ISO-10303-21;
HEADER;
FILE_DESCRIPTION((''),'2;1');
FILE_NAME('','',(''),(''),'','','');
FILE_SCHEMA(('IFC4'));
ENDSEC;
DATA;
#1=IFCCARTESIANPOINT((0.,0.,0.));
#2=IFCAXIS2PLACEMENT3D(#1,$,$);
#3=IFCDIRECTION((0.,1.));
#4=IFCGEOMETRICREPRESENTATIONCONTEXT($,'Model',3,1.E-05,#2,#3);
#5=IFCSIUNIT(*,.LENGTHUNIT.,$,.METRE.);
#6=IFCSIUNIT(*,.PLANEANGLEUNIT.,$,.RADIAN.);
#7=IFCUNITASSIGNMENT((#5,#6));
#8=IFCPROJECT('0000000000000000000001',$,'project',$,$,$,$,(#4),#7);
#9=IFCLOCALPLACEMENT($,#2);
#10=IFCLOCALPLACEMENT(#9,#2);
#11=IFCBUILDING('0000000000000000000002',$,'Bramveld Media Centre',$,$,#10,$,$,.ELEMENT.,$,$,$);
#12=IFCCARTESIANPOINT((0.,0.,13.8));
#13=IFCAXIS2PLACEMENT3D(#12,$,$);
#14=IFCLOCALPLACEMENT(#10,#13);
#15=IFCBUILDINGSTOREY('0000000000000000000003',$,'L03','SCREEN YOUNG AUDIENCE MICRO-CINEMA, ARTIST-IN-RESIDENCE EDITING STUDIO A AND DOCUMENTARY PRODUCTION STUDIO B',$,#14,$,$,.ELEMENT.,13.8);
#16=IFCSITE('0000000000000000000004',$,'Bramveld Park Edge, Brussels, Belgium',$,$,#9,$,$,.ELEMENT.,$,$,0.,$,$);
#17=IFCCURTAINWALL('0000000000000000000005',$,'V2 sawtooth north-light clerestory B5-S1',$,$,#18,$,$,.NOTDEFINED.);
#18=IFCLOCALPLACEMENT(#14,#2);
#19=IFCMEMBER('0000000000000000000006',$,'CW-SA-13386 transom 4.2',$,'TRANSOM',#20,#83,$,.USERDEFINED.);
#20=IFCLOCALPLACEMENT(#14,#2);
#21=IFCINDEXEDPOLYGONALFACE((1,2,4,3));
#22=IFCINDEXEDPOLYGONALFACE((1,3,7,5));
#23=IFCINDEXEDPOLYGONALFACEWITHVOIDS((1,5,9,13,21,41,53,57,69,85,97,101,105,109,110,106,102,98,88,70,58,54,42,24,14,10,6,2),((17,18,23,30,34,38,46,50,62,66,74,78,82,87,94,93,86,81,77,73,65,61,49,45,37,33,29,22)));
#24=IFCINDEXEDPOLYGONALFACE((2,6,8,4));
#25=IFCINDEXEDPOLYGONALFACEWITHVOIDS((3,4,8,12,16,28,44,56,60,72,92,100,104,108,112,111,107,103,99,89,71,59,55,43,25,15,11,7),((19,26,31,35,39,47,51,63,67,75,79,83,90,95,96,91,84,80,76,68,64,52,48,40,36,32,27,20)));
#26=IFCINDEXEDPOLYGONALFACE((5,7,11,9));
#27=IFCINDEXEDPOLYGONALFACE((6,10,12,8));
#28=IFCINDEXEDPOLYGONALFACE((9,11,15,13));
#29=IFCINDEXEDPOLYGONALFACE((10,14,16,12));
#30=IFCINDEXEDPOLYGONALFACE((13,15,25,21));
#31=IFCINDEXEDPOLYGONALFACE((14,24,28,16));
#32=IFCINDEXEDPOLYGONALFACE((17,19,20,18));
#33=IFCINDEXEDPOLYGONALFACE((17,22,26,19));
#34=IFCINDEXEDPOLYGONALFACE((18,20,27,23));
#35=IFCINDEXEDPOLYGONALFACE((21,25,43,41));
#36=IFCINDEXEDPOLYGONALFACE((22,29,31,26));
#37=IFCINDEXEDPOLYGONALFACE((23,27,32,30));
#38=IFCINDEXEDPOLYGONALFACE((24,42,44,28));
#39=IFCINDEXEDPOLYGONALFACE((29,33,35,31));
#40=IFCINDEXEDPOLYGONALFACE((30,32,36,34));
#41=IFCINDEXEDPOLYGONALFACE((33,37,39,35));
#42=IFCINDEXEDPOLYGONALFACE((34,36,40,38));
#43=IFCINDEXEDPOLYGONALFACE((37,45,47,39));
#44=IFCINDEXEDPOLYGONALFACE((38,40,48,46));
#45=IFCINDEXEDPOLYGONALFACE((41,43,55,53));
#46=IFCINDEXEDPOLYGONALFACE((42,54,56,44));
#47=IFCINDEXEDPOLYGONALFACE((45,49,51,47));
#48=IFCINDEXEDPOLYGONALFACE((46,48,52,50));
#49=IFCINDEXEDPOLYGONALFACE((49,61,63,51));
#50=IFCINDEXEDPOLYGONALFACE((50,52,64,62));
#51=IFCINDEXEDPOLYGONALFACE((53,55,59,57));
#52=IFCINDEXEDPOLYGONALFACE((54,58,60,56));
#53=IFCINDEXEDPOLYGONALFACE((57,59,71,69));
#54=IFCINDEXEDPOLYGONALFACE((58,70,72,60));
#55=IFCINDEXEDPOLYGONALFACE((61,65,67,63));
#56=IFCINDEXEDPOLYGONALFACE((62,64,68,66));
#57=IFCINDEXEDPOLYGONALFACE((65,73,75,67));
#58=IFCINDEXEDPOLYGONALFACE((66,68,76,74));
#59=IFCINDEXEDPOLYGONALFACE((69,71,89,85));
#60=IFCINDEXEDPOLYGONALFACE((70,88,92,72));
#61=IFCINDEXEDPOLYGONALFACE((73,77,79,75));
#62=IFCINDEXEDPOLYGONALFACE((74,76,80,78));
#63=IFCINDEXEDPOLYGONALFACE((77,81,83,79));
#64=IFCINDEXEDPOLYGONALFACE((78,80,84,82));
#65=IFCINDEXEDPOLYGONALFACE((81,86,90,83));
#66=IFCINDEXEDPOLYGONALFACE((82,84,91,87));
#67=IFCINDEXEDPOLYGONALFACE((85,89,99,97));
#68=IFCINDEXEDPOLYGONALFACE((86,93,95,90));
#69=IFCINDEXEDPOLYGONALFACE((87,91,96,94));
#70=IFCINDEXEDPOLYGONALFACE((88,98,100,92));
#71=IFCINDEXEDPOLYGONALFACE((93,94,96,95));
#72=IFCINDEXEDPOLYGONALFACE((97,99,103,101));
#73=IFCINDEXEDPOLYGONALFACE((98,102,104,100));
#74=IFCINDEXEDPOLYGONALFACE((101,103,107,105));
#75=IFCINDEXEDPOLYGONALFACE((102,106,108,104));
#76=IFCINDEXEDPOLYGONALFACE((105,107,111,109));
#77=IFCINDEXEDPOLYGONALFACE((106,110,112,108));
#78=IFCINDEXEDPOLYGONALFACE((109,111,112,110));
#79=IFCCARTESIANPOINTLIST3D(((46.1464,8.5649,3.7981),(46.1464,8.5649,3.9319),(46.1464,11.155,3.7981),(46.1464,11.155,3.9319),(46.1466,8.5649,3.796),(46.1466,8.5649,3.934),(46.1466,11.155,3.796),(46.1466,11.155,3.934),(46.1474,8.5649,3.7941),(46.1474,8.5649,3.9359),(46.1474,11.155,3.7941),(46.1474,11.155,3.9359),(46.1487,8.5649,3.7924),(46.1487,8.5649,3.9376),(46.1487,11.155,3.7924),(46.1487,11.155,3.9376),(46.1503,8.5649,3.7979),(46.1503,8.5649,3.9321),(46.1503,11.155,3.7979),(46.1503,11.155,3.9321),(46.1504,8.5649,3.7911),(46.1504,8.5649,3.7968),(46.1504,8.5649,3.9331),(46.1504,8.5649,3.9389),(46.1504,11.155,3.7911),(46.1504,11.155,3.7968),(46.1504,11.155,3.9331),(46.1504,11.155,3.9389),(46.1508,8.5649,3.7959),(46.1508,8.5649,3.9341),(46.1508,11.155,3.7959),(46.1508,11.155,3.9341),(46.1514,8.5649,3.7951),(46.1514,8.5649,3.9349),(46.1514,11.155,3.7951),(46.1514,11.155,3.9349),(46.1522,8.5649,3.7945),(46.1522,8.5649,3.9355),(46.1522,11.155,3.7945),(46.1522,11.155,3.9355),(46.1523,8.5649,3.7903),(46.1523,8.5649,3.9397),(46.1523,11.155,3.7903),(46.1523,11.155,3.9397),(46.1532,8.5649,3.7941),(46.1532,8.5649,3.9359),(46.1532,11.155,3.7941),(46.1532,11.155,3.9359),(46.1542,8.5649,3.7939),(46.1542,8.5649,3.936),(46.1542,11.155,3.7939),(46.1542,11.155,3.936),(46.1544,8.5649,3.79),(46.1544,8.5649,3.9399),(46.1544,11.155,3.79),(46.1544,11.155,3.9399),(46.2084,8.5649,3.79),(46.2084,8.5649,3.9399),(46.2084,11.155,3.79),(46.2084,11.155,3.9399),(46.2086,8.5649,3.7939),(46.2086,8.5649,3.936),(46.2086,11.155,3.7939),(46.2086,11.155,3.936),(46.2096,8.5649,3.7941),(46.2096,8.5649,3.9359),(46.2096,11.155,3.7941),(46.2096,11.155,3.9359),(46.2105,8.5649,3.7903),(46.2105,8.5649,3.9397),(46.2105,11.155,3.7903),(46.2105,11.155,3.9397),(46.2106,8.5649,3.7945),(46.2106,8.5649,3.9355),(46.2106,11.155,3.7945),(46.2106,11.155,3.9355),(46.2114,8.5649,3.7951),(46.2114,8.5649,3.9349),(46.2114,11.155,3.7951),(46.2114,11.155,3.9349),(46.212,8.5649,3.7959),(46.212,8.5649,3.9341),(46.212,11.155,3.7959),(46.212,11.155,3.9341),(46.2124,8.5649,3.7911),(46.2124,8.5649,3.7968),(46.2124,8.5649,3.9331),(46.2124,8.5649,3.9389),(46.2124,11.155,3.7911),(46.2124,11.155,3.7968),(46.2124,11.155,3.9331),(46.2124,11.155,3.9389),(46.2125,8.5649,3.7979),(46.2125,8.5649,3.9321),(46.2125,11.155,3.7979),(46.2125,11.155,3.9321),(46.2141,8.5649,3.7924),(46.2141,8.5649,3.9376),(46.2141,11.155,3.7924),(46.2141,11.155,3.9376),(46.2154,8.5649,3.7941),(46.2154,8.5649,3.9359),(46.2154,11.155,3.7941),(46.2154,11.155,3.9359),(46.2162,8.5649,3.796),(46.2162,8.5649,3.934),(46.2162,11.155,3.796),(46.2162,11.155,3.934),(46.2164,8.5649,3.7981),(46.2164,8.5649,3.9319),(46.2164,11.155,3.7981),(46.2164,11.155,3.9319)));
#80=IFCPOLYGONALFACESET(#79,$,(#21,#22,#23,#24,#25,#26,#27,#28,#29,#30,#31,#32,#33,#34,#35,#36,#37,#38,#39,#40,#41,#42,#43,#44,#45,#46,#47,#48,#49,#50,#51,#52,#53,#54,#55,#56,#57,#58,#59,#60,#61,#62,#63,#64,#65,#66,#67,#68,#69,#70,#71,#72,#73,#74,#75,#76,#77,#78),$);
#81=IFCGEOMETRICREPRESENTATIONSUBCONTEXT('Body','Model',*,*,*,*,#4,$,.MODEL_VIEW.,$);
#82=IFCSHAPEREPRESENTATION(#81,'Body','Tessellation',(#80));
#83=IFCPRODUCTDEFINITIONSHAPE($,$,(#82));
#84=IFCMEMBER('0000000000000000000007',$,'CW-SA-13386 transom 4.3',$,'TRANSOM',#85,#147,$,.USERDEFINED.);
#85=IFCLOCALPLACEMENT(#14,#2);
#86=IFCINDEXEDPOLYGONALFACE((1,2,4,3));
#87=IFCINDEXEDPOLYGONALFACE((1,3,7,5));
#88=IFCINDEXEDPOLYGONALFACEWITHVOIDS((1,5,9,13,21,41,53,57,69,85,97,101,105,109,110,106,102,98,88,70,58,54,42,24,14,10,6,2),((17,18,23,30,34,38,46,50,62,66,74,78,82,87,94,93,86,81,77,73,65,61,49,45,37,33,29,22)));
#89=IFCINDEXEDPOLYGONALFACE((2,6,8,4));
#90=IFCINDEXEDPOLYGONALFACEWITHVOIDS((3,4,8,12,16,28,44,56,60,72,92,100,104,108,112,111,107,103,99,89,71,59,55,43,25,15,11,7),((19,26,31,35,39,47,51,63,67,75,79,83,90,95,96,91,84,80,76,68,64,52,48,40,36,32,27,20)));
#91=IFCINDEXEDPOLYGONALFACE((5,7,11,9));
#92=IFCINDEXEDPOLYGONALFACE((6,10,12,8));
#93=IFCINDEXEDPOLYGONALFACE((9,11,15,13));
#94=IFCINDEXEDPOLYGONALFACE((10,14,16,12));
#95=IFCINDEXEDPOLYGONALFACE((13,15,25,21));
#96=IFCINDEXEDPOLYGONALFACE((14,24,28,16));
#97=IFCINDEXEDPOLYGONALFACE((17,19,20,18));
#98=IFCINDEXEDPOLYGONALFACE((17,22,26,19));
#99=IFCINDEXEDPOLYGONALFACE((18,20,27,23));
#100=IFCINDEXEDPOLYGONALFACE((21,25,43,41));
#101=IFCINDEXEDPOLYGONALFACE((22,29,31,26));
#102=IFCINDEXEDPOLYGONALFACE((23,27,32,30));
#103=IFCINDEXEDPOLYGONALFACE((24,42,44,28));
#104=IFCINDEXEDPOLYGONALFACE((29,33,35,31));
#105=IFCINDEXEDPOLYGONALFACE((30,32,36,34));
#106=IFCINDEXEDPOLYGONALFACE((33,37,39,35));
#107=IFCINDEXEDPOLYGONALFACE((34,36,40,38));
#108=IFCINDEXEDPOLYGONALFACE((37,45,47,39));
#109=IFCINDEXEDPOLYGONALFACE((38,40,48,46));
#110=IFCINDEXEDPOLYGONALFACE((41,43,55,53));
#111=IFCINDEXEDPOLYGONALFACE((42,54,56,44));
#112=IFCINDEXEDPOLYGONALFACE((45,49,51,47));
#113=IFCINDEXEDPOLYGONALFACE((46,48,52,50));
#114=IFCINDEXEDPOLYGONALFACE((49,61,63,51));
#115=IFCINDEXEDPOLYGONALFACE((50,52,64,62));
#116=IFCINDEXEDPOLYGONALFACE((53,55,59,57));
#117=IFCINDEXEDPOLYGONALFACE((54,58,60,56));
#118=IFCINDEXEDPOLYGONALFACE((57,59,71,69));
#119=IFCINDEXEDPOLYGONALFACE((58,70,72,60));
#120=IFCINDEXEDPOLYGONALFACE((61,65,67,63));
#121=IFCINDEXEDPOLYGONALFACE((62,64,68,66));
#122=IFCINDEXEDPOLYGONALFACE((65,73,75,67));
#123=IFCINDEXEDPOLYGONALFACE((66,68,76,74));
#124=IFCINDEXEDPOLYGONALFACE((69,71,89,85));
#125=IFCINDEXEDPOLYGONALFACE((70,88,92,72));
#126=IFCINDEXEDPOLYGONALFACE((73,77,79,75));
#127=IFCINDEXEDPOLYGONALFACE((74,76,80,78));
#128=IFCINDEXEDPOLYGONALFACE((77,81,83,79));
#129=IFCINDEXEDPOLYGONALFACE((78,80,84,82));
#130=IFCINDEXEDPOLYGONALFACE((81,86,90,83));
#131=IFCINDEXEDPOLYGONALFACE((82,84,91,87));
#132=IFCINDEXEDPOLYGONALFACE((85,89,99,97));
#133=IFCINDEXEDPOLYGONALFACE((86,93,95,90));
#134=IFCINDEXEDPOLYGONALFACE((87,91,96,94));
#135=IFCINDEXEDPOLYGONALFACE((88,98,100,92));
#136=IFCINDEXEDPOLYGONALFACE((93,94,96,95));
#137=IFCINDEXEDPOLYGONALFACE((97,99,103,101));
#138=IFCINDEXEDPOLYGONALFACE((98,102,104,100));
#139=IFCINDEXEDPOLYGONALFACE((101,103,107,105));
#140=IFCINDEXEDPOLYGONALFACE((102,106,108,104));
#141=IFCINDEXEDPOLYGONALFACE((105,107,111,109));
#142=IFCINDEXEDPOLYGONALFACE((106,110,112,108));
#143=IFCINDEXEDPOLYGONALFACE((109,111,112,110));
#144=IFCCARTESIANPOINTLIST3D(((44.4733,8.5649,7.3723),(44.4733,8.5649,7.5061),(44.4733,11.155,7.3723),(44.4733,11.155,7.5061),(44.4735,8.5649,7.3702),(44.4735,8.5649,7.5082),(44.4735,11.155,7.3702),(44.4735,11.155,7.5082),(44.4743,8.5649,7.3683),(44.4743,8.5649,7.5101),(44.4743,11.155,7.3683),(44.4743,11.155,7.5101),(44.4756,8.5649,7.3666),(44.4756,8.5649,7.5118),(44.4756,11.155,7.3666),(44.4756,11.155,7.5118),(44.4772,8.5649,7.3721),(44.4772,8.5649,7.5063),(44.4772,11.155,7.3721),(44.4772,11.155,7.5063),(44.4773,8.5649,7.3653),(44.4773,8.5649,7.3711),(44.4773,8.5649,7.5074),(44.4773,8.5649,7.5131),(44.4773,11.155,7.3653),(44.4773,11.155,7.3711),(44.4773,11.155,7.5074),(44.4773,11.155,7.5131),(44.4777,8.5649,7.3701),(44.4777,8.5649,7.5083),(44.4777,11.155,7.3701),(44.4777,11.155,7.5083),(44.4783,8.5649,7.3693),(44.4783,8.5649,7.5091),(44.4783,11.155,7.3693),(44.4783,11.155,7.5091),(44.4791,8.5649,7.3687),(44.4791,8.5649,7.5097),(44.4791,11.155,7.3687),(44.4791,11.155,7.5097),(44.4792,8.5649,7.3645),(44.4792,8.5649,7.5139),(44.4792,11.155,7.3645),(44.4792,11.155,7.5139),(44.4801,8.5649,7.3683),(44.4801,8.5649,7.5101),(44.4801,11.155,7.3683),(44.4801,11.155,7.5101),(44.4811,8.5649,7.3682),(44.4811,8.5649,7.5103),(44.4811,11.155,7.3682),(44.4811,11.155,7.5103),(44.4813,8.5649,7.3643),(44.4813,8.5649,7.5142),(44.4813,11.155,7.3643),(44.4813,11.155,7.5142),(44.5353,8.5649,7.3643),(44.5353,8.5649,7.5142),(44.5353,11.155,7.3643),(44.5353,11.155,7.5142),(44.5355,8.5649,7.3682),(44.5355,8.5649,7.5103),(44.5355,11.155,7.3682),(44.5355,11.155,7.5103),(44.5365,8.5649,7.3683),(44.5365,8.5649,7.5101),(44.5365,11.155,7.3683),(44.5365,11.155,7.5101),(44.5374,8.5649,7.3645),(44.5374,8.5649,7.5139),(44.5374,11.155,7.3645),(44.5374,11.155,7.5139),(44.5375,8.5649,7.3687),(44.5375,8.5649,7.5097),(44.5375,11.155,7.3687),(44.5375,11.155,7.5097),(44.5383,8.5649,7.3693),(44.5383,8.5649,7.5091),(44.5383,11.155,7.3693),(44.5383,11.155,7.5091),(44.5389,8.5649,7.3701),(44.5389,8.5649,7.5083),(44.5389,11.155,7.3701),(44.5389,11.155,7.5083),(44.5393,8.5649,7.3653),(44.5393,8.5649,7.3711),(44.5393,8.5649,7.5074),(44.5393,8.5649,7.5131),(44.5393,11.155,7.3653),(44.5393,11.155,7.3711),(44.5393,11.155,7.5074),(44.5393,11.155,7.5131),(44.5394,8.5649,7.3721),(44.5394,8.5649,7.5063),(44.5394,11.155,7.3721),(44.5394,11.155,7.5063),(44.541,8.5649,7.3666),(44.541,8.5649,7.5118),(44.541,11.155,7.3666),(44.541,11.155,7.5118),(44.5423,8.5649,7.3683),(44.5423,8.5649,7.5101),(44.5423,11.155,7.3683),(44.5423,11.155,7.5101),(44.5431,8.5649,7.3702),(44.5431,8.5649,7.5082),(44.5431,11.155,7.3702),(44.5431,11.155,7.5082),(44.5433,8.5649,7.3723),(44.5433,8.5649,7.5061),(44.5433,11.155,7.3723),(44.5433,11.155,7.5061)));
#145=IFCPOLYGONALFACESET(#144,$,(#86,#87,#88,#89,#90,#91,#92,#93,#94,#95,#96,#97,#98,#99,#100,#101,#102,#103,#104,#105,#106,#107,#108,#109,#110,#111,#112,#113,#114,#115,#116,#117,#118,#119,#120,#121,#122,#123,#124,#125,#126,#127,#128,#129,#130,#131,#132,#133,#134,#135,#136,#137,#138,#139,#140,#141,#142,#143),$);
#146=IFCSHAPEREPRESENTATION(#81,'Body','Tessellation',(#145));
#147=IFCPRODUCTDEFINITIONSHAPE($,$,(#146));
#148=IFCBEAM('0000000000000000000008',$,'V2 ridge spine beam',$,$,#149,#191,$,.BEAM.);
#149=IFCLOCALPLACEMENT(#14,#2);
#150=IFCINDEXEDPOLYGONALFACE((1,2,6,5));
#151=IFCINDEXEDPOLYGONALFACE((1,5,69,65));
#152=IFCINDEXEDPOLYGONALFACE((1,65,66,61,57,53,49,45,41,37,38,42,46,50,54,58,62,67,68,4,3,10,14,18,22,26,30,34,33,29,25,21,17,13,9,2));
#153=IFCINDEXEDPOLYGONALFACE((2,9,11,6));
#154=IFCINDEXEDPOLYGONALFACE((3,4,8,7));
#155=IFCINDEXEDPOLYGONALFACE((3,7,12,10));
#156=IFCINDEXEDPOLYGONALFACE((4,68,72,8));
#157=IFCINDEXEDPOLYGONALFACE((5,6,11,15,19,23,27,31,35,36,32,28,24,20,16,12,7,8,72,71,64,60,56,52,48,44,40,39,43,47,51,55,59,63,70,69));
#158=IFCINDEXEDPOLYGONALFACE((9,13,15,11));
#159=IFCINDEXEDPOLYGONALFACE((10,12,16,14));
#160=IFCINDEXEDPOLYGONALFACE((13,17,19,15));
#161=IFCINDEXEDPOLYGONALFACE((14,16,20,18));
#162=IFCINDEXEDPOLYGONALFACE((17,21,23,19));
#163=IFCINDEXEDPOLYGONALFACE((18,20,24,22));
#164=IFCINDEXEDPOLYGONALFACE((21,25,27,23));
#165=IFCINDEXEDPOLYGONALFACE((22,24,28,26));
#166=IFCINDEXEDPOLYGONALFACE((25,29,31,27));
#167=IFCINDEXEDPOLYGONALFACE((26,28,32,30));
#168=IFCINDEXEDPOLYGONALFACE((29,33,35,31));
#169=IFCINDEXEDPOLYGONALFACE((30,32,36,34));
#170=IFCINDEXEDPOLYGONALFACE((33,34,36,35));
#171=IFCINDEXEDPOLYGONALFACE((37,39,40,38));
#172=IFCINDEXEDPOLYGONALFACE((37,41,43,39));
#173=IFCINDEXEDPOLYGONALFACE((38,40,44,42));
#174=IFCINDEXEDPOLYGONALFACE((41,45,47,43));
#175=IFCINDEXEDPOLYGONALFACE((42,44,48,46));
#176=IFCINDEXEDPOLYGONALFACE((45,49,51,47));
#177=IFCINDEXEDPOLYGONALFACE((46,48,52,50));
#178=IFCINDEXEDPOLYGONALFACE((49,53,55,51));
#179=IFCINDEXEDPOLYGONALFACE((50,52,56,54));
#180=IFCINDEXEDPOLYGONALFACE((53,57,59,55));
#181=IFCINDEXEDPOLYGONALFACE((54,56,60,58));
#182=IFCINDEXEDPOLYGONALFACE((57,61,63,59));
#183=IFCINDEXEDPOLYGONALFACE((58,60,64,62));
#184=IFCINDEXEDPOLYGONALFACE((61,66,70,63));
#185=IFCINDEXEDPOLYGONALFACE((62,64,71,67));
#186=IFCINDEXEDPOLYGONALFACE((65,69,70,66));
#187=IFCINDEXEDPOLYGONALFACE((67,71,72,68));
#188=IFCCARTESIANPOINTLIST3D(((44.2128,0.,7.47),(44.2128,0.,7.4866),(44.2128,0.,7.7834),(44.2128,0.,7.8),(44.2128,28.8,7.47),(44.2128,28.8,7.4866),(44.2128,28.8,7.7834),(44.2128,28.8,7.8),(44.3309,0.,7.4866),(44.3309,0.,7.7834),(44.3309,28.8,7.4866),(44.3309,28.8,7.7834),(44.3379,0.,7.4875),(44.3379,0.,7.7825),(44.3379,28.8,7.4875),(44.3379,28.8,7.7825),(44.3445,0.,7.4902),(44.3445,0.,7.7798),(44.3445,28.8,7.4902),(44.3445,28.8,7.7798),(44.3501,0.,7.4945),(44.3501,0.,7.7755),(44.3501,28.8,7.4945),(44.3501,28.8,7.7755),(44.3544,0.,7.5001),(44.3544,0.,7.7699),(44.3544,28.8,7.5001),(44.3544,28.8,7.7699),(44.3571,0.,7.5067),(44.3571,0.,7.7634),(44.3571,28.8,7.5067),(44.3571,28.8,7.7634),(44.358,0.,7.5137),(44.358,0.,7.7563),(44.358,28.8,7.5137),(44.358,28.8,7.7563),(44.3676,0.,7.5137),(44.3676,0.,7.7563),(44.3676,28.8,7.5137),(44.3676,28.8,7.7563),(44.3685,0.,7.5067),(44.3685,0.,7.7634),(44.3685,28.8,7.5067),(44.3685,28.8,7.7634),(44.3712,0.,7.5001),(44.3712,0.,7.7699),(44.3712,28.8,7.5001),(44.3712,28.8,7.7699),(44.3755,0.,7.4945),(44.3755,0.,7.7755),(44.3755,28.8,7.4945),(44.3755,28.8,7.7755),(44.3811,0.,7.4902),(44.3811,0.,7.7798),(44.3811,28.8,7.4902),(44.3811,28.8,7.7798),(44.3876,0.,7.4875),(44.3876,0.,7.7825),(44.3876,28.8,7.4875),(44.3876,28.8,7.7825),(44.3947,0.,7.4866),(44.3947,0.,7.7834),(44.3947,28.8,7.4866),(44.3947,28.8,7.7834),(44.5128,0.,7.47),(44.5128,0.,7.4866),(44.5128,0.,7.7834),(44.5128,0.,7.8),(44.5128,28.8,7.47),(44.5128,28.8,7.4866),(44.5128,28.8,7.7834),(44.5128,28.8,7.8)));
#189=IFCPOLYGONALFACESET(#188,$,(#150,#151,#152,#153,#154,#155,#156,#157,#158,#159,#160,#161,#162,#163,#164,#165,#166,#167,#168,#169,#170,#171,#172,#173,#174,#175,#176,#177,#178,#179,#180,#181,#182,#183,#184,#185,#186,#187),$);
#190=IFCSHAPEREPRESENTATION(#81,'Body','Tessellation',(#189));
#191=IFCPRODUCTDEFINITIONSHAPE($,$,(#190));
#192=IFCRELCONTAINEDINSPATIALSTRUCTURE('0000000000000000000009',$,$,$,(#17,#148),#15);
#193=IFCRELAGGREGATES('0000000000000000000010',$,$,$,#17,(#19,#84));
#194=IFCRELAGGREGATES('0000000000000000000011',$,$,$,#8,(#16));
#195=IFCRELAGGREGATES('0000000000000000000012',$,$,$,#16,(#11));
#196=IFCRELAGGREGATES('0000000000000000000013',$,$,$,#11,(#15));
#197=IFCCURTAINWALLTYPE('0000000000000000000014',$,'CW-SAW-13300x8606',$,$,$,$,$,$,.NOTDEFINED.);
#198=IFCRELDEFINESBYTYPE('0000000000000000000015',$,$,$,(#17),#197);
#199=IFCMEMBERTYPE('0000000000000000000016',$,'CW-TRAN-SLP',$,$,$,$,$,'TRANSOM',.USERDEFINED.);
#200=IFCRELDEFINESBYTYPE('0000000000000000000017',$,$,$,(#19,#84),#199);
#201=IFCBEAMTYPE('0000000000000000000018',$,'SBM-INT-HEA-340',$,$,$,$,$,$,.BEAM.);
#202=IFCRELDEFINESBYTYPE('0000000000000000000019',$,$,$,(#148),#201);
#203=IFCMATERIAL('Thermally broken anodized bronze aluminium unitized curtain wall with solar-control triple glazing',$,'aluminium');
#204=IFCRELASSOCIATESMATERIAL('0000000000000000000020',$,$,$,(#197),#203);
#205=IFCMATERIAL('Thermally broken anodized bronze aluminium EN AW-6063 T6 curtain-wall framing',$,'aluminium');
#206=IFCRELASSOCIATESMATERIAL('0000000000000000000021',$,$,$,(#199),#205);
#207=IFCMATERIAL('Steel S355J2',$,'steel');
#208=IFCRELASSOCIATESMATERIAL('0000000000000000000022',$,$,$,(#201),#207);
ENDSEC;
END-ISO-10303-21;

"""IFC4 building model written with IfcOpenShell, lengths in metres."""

from ifc_helpers import new_model, si_unit, direction, frame, origin, origin_2d, place, context, subcontext, project, spatial, hollow_rectangle, i_section, extrude, material, material_profile, profile_set, type_object, element, aggregate, save


model = new_model("IFC4")

# Units and contexts
model_context = context("Model", 3, precision=1e-05, world=origin(), true_north=direction((0.0, 1.0)))
body_context = subcontext(model_context, "Body", "Model", "MODEL_VIEW")
ifc_project = project(units=[si_unit("LENGTHUNIT", "METRE"), si_unit("PLANEANGLEUNIT", "RADIAN")], contexts=[model_context])

# Site, building, storey
site_placement = place(None, origin())
site = spatial("IfcSite", under=ifc_project, at=site_placement, Name="Bramveld Park Edge, Brussels, Belgium", CompositionType="ELEMENT", RefElevation=0.0)
building_placement = place(site_placement, origin())
building = spatial("IfcBuilding", under=site, at=building_placement, Name="Bramveld Media Centre", CompositionType="ELEMENT")
storey_placement = place(building_placement, frame((0.0, 0.0, 13.8)))
storey = spatial("IfcBuildingStorey", under=building, at=storey_placement, Name="L03", Description="SCREEN YOUNG AUDIENCE MICRO-CINEMA, ARTIST-IN-RESIDENCE EDITING STUDIO A AND DOCUMENTARY PRODUCTION STUDIO B", CompositionType="ELEMENT", Elevation=13.8)

# Curtain wall, members
ifc_material_1 = material(Name="Thermally broken anodized bronze aluminium unitized curtain wall with solar-control triple glazing", Category="aluminium")
curtain_wall_type = type_object("IfcCurtainWallType", Name="CW-SAW-13300x8606", PredefinedType="NOTDEFINED", material=ifc_material_1)
curtain_wall_placement = place(storey_placement, origin())
curtain_wall = element("IfcCurtainWall", 1, at=curtain_wall_placement, inside=storey, type_object=curtain_wall_type, Name="V2 sawtooth north-light clerestory B5-S1", PredefinedType="NOTDEFINED")
ifc_material_2 = material(Name="Thermally broken anodized bronze aluminium EN AW-6063 T6 curtain-wall framing", Category="aluminium")
ifc_material_profile_1 = material_profile(ifc_material_2, hollow_rectangle(XDim=0.0701, YDim=0.1499, WallThickness=0.0039, InnerFilletRadius=0.0039, OuterFilletRadius=0.0081, at=origin_2d()), Name="AL-TRAN 70x150")
ifc_profile_set_1 = profile_set([ifc_material_profile_1], Name="Thermally broken anodized bronze aluminium EN AW-6063 T6 curtain-wall framing")
member_type = type_object("IfcMemberType", Name="CW-TRAN-SLP", ElementType="TRANSOM", PredefinedType="USERDEFINED", material=ifc_profile_set_1)
member_1_placement = place(storey_placement, frame((46.1814, 8.5649, 3.865), z_axis=(0.0, 1.0, 0.0), x_axis=(-1.0, 0.0, 0.0)))
member_1 = element("IfcMember", 2, at=member_1_placement, type_object=member_type, Name="CW-SA-13386 transom 4.2", ObjectType="TRANSOM", PredefinedType="USERDEFINED", context=body_context, shape_type="SweptSolid", body=[
    extrude(hollow_rectangle(XDim=0.0701, YDim=0.1499, WallThickness=0.0039, InnerFilletRadius=0.0039, OuterFilletRadius=0.0081, at=origin_2d()), origin(), (0.0, 0.0, 1.0), 2.5901),
])
member_2_placement = place(storey_placement, frame((44.5083, 8.5649, 7.4392), z_axis=(0.0, 1.0, 0.0), x_axis=(-1.0, 0.0, 0.0)))
member_2 = element("IfcMember", 3, at=member_2_placement, type_object=member_type, Name="CW-SA-13386 transom 4.3", ObjectType="TRANSOM", PredefinedType="USERDEFINED", context=body_context, shape_type="SweptSolid", body=[
    extrude(hollow_rectangle(XDim=0.0701, YDim=0.1499, WallThickness=0.0039, InnerFilletRadius=0.0039, OuterFilletRadius=0.0081, at=origin_2d()), origin(), (0.0, 0.0, 1.0), 2.5901),
])

# Beam
ifc_material_3 = material(Name="Steel S355J2", Category="steel")
ifc_material_profile_2 = material_profile(ifc_material_3, i_section(OverallWidth=0.3, OverallDepth=0.3301, WebThickness=0.0095, FlangeThickness=0.0166, FilletRadius=0.0271, at=origin_2d()), Name="HEA 340")
ifc_profile_set_2 = profile_set([ifc_material_profile_2], Name="Steel S355J2")
beam_type = type_object("IfcBeamType", Name="SBM-INT-HEA-340", PredefinedType="BEAM", material=ifc_profile_set_2)
beam_placement = place(storey_placement, frame((44.3628, 0.0, 7.635), z_axis=(0.0, 1.0, 0.0), x_axis=(-1.0, 0.0, 0.0)))
element("IfcBeam", 4, at=beam_placement, inside=storey, type_object=beam_type, Name="V2 ridge spine beam", PredefinedType="BEAM", context=body_context, shape_type="SweptSolid", body=[
    extrude(i_section(OverallWidth=0.3, OverallDepth=0.3301, WebThickness=0.0095, FlangeThickness=0.0166, FilletRadius=0.0271, at=origin_2d()), origin(), (0.0, 0.0, 1.0), 28.8),
])

aggregate(curtain_wall, [member_1, member_2])

save(model, "model.ifc")
